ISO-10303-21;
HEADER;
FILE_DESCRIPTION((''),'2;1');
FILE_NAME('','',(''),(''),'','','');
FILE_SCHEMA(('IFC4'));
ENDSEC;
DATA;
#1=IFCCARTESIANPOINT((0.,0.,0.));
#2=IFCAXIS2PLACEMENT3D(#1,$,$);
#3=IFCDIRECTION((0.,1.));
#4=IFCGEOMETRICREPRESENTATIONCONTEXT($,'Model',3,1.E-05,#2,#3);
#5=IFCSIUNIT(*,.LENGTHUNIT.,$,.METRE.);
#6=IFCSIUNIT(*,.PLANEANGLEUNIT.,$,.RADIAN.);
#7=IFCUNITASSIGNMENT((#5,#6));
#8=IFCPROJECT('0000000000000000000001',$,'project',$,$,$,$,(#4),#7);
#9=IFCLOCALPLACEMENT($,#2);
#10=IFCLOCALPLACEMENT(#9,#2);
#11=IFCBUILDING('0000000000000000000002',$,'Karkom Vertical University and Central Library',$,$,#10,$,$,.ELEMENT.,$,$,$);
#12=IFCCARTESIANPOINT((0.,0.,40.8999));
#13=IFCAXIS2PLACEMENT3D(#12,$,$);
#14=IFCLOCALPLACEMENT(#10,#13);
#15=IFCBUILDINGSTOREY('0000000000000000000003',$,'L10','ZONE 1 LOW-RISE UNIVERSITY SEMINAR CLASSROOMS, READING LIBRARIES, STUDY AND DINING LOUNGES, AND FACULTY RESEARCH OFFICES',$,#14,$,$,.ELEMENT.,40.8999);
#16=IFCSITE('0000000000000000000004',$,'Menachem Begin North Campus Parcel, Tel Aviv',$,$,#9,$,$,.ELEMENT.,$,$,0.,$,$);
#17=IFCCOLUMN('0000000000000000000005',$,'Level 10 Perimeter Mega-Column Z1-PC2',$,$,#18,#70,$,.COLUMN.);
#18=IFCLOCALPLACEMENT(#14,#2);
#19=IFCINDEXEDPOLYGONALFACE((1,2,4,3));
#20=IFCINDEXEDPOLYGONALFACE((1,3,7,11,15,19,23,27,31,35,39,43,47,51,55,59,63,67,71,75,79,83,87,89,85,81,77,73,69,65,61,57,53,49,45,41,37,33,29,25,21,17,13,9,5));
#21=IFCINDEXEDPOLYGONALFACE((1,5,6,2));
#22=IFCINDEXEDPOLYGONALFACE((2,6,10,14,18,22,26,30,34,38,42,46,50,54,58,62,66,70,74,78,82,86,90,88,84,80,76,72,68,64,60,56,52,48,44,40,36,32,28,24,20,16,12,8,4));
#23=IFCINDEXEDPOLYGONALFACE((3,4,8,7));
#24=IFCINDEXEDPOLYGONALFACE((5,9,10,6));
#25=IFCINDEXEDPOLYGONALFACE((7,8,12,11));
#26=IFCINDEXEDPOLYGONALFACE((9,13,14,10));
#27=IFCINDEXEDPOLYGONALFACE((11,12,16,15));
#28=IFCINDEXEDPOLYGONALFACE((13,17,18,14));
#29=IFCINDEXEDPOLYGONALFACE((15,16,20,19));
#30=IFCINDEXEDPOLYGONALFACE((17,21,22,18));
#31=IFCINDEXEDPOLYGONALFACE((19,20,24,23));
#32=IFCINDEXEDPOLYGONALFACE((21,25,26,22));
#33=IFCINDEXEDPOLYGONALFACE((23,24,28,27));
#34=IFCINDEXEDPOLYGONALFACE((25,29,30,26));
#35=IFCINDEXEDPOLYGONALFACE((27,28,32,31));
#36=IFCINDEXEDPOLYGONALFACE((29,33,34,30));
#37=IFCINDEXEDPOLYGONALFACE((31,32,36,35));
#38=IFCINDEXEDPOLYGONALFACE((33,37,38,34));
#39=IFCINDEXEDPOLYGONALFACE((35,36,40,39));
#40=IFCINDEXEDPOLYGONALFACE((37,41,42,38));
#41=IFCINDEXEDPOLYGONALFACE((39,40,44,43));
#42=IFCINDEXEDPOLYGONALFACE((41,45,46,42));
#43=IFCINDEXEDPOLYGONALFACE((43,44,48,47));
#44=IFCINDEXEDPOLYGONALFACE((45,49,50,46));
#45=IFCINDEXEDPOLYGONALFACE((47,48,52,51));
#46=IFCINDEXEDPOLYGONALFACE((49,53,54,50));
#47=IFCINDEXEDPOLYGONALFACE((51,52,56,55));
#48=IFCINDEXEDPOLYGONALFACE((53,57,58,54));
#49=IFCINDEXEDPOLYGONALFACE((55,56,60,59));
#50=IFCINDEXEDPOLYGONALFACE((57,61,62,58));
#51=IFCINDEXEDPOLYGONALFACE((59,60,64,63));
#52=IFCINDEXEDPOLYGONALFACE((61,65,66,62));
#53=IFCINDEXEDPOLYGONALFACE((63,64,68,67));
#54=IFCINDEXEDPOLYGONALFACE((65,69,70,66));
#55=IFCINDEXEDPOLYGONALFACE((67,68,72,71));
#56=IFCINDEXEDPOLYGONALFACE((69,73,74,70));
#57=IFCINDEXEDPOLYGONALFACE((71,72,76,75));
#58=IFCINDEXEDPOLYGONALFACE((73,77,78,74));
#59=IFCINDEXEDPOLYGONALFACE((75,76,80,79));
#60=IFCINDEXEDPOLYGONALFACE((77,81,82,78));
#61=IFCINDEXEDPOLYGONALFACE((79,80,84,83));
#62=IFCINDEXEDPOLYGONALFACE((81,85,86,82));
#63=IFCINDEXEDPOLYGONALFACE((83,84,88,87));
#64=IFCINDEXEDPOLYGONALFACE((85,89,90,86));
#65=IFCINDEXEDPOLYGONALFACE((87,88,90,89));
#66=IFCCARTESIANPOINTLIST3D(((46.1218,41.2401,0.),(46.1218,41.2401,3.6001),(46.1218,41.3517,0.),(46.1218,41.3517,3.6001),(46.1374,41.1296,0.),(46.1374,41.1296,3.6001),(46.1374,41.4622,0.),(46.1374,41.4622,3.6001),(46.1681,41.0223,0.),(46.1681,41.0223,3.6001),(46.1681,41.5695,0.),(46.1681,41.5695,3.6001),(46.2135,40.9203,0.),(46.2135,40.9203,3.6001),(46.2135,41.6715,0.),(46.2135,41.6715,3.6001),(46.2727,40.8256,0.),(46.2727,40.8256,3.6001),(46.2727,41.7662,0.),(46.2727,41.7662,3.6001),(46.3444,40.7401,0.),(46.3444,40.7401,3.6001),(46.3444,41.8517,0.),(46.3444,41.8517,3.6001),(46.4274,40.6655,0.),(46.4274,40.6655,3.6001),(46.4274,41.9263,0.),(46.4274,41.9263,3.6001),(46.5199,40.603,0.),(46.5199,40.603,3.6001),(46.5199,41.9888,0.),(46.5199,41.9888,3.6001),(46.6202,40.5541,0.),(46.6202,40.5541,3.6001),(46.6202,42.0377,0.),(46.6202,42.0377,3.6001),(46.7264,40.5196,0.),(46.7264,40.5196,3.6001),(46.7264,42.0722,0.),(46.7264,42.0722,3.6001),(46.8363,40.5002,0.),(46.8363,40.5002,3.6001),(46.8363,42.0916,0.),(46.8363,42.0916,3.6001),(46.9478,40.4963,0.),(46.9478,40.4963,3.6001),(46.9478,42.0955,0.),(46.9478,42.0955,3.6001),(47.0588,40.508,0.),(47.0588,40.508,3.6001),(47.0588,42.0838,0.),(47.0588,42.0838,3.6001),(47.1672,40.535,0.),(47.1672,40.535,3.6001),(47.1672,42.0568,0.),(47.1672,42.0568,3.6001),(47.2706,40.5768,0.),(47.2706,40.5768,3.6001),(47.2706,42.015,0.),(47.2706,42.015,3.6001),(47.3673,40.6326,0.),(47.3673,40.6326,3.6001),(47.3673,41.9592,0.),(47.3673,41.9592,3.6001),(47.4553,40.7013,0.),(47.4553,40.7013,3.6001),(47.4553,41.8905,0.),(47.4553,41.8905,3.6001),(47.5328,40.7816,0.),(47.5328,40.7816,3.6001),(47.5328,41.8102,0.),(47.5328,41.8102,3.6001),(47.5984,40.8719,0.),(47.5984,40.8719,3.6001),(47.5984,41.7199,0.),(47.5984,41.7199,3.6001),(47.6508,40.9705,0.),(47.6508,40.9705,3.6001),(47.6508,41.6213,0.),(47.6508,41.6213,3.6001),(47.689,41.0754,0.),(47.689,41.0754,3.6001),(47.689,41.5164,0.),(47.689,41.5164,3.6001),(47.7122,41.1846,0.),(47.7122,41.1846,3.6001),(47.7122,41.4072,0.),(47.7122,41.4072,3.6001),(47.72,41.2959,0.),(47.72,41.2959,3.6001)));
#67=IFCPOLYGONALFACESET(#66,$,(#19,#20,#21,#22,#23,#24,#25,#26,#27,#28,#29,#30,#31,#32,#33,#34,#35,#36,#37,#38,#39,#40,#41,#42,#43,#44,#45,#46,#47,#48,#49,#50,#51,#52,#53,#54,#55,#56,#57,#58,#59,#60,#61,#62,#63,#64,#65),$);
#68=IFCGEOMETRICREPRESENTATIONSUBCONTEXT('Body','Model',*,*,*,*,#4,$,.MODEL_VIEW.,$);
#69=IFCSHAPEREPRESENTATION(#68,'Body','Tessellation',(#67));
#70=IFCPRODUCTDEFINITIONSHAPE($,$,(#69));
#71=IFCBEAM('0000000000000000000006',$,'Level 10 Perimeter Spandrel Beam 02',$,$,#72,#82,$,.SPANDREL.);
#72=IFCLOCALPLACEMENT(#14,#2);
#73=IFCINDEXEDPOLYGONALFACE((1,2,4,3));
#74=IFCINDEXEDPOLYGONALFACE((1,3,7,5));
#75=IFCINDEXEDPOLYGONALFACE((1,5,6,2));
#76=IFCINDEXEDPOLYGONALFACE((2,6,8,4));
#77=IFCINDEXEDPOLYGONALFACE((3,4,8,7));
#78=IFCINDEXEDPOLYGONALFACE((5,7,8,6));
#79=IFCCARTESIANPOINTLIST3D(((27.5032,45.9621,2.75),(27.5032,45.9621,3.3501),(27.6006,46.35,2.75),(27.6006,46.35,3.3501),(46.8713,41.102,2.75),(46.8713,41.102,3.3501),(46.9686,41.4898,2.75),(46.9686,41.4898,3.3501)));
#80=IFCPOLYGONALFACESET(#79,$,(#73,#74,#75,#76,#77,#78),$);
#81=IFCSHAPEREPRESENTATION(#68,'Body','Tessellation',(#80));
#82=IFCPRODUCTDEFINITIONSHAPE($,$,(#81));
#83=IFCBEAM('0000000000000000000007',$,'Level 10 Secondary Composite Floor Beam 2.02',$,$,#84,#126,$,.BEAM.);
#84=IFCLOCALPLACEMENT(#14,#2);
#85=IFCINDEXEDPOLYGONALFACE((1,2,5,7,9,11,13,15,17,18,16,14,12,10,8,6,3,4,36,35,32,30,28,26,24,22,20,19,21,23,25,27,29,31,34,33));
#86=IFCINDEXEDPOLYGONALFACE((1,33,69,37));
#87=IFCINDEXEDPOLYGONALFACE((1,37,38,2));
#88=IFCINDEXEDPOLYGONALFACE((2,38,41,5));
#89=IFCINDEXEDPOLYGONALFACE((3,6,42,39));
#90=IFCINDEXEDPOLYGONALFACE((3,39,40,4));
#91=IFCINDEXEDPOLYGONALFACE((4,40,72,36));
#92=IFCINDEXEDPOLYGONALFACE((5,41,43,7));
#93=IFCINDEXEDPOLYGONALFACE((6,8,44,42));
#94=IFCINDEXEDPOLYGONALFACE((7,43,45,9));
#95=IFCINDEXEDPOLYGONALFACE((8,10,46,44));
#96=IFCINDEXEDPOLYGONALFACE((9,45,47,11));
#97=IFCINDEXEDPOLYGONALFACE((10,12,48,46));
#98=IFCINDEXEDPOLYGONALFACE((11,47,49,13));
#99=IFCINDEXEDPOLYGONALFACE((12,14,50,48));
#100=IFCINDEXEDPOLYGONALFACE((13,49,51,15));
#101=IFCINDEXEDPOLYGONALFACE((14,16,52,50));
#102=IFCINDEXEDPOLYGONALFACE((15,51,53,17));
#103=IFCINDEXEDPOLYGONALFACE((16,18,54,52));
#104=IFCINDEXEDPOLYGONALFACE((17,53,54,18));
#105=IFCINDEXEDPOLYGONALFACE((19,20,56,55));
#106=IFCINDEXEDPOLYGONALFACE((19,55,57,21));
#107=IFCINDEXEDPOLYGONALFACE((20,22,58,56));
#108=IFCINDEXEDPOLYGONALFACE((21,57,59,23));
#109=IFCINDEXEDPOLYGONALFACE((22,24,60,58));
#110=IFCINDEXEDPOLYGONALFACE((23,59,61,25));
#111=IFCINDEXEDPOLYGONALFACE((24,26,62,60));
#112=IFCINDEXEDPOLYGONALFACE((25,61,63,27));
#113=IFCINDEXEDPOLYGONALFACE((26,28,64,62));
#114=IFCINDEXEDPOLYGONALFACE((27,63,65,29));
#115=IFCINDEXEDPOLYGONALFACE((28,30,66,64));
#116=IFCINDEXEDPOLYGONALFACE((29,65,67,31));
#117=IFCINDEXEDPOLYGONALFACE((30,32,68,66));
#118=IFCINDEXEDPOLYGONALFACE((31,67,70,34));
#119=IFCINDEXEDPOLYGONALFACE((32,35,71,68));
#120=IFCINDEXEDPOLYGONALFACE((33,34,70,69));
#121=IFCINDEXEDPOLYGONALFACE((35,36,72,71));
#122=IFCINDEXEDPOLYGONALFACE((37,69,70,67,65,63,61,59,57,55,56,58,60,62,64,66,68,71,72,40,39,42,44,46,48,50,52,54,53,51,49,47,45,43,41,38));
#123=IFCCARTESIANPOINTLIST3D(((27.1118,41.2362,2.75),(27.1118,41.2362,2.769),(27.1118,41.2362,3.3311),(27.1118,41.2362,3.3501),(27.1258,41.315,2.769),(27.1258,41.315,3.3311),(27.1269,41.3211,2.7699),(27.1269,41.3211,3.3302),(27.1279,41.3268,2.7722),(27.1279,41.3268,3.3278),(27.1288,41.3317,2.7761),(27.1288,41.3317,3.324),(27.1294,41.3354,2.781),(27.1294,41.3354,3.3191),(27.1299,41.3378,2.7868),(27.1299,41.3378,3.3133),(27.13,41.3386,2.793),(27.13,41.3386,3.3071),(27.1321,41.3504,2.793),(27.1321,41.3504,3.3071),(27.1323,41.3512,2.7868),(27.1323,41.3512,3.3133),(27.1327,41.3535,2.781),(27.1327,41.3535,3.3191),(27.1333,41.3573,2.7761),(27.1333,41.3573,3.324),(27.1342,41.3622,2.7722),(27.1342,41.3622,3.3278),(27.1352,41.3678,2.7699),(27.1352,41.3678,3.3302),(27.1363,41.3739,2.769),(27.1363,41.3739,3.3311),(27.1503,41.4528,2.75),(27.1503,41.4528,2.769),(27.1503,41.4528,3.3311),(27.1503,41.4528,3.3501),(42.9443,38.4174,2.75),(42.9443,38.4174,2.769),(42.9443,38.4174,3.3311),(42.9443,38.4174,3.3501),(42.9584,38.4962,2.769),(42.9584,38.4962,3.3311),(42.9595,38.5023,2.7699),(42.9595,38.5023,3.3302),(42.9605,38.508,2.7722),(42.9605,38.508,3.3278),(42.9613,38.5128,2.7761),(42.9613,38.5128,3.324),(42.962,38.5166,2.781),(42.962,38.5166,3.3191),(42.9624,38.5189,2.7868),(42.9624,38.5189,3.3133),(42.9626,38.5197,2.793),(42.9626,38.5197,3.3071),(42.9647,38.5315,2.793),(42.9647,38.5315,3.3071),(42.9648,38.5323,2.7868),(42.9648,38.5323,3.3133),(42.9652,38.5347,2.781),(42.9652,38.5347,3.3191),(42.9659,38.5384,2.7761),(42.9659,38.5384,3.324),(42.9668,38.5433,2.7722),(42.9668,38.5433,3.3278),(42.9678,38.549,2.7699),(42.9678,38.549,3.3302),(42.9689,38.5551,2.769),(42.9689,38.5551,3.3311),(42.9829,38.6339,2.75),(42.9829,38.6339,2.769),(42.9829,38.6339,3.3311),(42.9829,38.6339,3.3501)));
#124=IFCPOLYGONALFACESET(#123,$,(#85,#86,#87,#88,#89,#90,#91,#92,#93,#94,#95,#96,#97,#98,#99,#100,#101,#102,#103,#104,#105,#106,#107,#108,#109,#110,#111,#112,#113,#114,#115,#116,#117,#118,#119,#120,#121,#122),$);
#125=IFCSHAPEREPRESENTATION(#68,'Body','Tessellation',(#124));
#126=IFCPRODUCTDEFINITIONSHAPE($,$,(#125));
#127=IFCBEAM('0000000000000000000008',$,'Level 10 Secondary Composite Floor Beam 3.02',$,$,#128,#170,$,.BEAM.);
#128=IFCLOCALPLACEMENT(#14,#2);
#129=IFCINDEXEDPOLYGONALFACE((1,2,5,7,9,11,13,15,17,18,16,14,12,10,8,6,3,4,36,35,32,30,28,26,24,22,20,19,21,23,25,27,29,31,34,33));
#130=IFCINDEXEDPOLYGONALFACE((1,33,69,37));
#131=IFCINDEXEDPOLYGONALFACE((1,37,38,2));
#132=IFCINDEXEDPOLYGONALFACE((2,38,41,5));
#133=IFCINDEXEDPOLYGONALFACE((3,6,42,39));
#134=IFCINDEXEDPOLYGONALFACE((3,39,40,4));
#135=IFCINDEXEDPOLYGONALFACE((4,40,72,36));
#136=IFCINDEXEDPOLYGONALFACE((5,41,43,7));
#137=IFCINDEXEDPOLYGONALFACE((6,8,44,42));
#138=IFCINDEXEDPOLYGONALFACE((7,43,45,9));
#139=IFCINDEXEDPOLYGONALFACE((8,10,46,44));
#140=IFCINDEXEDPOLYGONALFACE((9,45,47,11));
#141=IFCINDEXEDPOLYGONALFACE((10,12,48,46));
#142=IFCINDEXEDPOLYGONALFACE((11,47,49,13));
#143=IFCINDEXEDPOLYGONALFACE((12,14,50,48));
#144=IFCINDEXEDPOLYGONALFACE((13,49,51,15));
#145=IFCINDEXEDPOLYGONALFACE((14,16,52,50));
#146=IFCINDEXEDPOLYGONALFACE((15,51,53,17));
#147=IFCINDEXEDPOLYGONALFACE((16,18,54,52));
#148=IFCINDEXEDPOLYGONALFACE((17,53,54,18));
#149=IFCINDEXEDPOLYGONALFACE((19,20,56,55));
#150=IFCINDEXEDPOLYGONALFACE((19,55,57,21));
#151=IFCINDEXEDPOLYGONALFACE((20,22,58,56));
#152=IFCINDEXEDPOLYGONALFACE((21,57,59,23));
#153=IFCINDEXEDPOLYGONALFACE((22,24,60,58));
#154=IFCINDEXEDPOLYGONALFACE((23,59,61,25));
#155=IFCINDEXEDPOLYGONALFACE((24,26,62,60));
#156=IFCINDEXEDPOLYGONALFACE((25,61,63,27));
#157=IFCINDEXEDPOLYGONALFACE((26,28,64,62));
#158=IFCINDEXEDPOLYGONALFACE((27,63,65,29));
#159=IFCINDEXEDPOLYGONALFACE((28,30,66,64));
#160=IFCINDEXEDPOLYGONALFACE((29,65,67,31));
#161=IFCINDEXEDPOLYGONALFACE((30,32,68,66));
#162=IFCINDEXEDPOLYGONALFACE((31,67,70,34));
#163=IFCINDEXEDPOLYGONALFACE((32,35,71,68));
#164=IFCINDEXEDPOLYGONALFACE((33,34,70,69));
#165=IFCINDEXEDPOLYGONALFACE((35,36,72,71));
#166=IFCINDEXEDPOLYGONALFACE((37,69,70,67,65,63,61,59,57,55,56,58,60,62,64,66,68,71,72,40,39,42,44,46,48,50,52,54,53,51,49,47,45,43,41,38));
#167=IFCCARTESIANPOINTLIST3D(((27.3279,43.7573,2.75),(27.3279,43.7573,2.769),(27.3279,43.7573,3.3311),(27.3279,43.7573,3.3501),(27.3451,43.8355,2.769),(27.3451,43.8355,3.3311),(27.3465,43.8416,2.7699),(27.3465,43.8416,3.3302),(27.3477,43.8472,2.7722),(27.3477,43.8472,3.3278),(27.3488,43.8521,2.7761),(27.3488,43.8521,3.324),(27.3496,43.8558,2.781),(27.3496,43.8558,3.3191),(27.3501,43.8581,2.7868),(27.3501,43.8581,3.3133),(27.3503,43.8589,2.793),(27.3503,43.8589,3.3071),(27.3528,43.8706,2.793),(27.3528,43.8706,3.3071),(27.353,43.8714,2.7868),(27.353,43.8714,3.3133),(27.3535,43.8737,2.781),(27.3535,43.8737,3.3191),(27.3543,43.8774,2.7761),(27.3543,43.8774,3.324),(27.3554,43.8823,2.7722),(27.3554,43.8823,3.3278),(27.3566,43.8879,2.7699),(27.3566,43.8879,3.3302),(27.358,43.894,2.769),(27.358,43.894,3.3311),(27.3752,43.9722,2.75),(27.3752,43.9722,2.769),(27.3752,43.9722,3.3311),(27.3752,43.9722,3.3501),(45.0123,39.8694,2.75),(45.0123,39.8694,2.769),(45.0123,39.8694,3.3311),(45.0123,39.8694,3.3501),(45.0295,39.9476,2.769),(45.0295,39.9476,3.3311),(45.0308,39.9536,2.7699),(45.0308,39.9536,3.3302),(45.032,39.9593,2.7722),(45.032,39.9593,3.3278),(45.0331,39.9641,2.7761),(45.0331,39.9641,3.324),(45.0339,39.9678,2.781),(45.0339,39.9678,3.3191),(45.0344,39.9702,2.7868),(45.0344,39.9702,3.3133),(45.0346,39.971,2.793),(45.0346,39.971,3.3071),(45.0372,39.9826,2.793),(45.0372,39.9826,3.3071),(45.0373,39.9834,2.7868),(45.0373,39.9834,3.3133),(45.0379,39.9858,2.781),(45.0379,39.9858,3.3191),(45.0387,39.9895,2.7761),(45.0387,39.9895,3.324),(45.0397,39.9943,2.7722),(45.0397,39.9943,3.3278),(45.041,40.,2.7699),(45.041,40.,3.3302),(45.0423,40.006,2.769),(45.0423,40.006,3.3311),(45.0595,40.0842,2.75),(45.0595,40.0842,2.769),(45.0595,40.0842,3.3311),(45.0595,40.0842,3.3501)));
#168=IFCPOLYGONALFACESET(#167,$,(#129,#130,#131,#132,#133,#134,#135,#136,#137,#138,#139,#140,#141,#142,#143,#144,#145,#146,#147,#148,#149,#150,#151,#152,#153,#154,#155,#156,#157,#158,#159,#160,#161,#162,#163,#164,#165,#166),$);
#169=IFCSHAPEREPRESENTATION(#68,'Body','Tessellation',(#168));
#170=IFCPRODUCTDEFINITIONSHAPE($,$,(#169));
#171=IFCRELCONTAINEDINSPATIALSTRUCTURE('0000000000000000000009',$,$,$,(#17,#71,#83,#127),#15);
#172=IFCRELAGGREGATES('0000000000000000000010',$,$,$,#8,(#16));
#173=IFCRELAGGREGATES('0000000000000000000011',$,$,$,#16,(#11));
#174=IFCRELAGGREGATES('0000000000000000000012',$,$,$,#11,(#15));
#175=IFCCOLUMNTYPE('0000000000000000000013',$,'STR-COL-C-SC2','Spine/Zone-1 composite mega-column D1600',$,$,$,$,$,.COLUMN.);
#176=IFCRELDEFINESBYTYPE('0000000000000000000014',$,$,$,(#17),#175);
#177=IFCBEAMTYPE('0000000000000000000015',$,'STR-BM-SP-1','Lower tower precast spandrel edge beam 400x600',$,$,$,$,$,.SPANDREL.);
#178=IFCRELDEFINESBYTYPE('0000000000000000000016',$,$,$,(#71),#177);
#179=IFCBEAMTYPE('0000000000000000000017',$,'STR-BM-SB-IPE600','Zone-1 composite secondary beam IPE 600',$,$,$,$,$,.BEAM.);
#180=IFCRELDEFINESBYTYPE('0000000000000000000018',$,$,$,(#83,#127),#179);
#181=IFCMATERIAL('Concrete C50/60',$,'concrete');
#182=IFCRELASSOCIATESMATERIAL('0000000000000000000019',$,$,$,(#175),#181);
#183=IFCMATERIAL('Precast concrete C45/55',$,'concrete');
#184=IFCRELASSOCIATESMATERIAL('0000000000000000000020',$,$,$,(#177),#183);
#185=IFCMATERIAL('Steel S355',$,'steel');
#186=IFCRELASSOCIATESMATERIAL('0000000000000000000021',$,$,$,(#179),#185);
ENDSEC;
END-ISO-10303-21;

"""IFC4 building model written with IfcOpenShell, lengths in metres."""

from ifc_helpers import new_model, si_unit, direction, frame, origin, origin_with_axes, origin_2d, place, context, subcontext, project, spatial, rectangle, circle, i_section, extrude, source, transform, mapped, material, material_profile, profile_set, type_object, element, save


model = new_model("IFC4")

# Units and contexts
model_context = context("Model", 3, precision=1e-05, world=origin(), true_north=direction((0.0, 1.0)))
body_context = subcontext(model_context, "Body", "Model", "MODEL_VIEW")
ifc_project = project(units=[si_unit("LENGTHUNIT", "METRE"), si_unit("PLANEANGLEUNIT", "RADIAN")], contexts=[model_context])

# Site, building, storey
site_placement = place(None, origin())
site = spatial("IfcSite", under=ifc_project, at=site_placement, Name="Menachem Begin North Campus Parcel, Tel Aviv", CompositionType="ELEMENT", RefElevation=0.0)
building_placement = place(site_placement, origin())
building = spatial("IfcBuilding", under=site, at=building_placement, Name="Karkom Vertical University and Central Library", CompositionType="ELEMENT")
storey_placement = place(building_placement, frame((0.0, 0.0, 40.8999)))
storey = spatial("IfcBuildingStorey", under=building, at=storey_placement, Name="L10", Description="ZONE 1 LOW-RISE UNIVERSITY SEMINAR CLASSROOMS, READING LIBRARIES, STUDY AND DINING LOUNGES, AND FACULTY RESEARCH OFFICES", CompositionType="ELEMENT", Elevation=40.8999)

# Column
ifc_material_1 = material(Name="Concrete C50/60", Category="concrete")
ifc_material_profile_1 = material_profile(ifc_material_1, circle(Radius=0.8, at=origin_2d()), Name="CFT-D1600")
ifc_profile_set_1 = profile_set([ifc_material_profile_1], Name="Concrete C50/60")
column_type = type_object("IfcColumnType", Name="STR-COL-C-SC2", Description="Spine/Zone-1 composite mega-column D1600", PredefinedType="COLUMN", material=ifc_profile_set_1)
shared_shape_1 = source(origin_with_axes(), body_context, "Body", "SweptSolid", [
    extrude(circle(Radius=0.8, at=origin_2d()), origin(), (0.0, 0.0, 1.0), 3.6001),
])
column_placement = place(storey_placement, frame((46.9199, 41.2959, 0.0), z_axis=(0.0, 0.0, 1.0), x_axis=(1.0, 0.0, 0.0)))
element("IfcColumn", 1, at=column_placement, inside=storey, type_object=column_type, Name="Level 10 Perimeter Mega-Column Z1-PC2", PredefinedType="COLUMN", context=body_context, shape_type="MappedRepresentation", body=[
    mapped(shared_shape_1, transform((0.0, 0.0, 0.0), scale=1.0)),
])

# Beams
ifc_material_2 = material(Name="Precast concrete C45/55", Category="concrete")
ifc_material_profile_2 = material_profile(ifc_material_2, rectangle(XDim=0.3999, YDim=0.6001, at=origin_2d()), Name="SPB-400x600")
ifc_profile_set_2 = profile_set([ifc_material_profile_2], Name="Precast concrete C45/55")
beam_type_1 = type_object("IfcBeamType", Name="STR-BM-SP-1", Description="Lower tower precast spandrel edge beam 400x600", PredefinedType="SPANDREL", material=ifc_profile_set_2)
shared_shape_2 = source(origin_with_axes(), body_context, "Body", "SweptSolid", [
    extrude(rectangle(XDim=0.3999, YDim=0.6001, at=origin_2d()), origin(), (0.0, 0.0, 1.0), 19.9685),
])
beam_1_placement = place(storey_placement, frame((46.9199, 41.2959, 3.05), z_axis=(-0.969929, 0.24339, 0.0), x_axis=(-0.24339, -0.969929, 0.0)))
element("IfcBeam", 2, at=beam_1_placement, inside=storey, type_object=beam_type_1, Name="Level 10 Perimeter Spandrel Beam 02", PredefinedType="SPANDREL", context=body_context, shape_type="MappedRepresentation", body=[
    mapped(shared_shape_2, transform((0.0, 0.0, 0.0), scale=1.0)),
])
ifc_material_3 = material(Name="Steel S355", Category="steel")
ifc_material_profile_3 = material_profile(ifc_material_3, i_section(OverallWidth=0.22, OverallDepth=0.6001, WebThickness=0.012, FlangeThickness=0.019, FilletRadius=0.0239, at=origin_2d()), Name="IPE 600")
ifc_profile_set_3 = profile_set([ifc_material_profile_3], Name="Steel S355")
beam_type_2 = type_object("IfcBeamType", Name="STR-BM-SB-IPE600", Description="Zone-1 composite secondary beam IPE 600", PredefinedType="BEAM", material=ifc_profile_set_3)
shared_shape_3 = source(origin_with_axes(), body_context, "Body", "SweptSolid", [
    extrude(i_section(OverallWidth=0.22, OverallDepth=0.6001, WebThickness=0.012, FlangeThickness=0.019, FilletRadius=0.0239, at=origin_2d()), origin(), (0.0, 0.0, 1.0), 16.0815),
])
beam_2_placement = place(storey_placement, frame((42.9636, 38.5256, 3.05), z_axis=(-0.984518, 0.175285, 0.0), x_axis=(-0.175285, -0.984518, 0.0)))
element("IfcBeam", 3, at=beam_2_placement, inside=storey, type_object=beam_type_2, Name="Level 10 Secondary Composite Floor Beam 2.02", PredefinedType="BEAM", context=body_context, shape_type="MappedRepresentation", body=[
    mapped(shared_shape_3, transform((0.0, 0.0, 0.0), scale=1.0)),
])
shared_shape_4 = source(origin_with_axes(), body_context, "Body", "SweptSolid", [
    extrude(i_section(OverallWidth=0.22, OverallDepth=0.6001, WebThickness=0.012, FlangeThickness=0.019, FilletRadius=0.0239, at=origin_2d()), origin(), (0.0, 0.0, 1.0), 18.1067),
])
beam_3_placement = place(storey_placement, frame((45.0359, 39.9768, 3.05), z_axis=(-0.976675, 0.214724, 0.0), x_axis=(-0.214724, -0.976675, 0.0)))
element("IfcBeam", 4, at=beam_3_placement, inside=storey, type_object=beam_type_2, Name="Level 10 Secondary Composite Floor Beam 3.02", PredefinedType="BEAM", context=body_context, shape_type="MappedRepresentation", body=[
    mapped(shared_shape_4, transform((0.0, 0.0, 0.0), scale=1.0)),
])

save(model, "model.ifc")
